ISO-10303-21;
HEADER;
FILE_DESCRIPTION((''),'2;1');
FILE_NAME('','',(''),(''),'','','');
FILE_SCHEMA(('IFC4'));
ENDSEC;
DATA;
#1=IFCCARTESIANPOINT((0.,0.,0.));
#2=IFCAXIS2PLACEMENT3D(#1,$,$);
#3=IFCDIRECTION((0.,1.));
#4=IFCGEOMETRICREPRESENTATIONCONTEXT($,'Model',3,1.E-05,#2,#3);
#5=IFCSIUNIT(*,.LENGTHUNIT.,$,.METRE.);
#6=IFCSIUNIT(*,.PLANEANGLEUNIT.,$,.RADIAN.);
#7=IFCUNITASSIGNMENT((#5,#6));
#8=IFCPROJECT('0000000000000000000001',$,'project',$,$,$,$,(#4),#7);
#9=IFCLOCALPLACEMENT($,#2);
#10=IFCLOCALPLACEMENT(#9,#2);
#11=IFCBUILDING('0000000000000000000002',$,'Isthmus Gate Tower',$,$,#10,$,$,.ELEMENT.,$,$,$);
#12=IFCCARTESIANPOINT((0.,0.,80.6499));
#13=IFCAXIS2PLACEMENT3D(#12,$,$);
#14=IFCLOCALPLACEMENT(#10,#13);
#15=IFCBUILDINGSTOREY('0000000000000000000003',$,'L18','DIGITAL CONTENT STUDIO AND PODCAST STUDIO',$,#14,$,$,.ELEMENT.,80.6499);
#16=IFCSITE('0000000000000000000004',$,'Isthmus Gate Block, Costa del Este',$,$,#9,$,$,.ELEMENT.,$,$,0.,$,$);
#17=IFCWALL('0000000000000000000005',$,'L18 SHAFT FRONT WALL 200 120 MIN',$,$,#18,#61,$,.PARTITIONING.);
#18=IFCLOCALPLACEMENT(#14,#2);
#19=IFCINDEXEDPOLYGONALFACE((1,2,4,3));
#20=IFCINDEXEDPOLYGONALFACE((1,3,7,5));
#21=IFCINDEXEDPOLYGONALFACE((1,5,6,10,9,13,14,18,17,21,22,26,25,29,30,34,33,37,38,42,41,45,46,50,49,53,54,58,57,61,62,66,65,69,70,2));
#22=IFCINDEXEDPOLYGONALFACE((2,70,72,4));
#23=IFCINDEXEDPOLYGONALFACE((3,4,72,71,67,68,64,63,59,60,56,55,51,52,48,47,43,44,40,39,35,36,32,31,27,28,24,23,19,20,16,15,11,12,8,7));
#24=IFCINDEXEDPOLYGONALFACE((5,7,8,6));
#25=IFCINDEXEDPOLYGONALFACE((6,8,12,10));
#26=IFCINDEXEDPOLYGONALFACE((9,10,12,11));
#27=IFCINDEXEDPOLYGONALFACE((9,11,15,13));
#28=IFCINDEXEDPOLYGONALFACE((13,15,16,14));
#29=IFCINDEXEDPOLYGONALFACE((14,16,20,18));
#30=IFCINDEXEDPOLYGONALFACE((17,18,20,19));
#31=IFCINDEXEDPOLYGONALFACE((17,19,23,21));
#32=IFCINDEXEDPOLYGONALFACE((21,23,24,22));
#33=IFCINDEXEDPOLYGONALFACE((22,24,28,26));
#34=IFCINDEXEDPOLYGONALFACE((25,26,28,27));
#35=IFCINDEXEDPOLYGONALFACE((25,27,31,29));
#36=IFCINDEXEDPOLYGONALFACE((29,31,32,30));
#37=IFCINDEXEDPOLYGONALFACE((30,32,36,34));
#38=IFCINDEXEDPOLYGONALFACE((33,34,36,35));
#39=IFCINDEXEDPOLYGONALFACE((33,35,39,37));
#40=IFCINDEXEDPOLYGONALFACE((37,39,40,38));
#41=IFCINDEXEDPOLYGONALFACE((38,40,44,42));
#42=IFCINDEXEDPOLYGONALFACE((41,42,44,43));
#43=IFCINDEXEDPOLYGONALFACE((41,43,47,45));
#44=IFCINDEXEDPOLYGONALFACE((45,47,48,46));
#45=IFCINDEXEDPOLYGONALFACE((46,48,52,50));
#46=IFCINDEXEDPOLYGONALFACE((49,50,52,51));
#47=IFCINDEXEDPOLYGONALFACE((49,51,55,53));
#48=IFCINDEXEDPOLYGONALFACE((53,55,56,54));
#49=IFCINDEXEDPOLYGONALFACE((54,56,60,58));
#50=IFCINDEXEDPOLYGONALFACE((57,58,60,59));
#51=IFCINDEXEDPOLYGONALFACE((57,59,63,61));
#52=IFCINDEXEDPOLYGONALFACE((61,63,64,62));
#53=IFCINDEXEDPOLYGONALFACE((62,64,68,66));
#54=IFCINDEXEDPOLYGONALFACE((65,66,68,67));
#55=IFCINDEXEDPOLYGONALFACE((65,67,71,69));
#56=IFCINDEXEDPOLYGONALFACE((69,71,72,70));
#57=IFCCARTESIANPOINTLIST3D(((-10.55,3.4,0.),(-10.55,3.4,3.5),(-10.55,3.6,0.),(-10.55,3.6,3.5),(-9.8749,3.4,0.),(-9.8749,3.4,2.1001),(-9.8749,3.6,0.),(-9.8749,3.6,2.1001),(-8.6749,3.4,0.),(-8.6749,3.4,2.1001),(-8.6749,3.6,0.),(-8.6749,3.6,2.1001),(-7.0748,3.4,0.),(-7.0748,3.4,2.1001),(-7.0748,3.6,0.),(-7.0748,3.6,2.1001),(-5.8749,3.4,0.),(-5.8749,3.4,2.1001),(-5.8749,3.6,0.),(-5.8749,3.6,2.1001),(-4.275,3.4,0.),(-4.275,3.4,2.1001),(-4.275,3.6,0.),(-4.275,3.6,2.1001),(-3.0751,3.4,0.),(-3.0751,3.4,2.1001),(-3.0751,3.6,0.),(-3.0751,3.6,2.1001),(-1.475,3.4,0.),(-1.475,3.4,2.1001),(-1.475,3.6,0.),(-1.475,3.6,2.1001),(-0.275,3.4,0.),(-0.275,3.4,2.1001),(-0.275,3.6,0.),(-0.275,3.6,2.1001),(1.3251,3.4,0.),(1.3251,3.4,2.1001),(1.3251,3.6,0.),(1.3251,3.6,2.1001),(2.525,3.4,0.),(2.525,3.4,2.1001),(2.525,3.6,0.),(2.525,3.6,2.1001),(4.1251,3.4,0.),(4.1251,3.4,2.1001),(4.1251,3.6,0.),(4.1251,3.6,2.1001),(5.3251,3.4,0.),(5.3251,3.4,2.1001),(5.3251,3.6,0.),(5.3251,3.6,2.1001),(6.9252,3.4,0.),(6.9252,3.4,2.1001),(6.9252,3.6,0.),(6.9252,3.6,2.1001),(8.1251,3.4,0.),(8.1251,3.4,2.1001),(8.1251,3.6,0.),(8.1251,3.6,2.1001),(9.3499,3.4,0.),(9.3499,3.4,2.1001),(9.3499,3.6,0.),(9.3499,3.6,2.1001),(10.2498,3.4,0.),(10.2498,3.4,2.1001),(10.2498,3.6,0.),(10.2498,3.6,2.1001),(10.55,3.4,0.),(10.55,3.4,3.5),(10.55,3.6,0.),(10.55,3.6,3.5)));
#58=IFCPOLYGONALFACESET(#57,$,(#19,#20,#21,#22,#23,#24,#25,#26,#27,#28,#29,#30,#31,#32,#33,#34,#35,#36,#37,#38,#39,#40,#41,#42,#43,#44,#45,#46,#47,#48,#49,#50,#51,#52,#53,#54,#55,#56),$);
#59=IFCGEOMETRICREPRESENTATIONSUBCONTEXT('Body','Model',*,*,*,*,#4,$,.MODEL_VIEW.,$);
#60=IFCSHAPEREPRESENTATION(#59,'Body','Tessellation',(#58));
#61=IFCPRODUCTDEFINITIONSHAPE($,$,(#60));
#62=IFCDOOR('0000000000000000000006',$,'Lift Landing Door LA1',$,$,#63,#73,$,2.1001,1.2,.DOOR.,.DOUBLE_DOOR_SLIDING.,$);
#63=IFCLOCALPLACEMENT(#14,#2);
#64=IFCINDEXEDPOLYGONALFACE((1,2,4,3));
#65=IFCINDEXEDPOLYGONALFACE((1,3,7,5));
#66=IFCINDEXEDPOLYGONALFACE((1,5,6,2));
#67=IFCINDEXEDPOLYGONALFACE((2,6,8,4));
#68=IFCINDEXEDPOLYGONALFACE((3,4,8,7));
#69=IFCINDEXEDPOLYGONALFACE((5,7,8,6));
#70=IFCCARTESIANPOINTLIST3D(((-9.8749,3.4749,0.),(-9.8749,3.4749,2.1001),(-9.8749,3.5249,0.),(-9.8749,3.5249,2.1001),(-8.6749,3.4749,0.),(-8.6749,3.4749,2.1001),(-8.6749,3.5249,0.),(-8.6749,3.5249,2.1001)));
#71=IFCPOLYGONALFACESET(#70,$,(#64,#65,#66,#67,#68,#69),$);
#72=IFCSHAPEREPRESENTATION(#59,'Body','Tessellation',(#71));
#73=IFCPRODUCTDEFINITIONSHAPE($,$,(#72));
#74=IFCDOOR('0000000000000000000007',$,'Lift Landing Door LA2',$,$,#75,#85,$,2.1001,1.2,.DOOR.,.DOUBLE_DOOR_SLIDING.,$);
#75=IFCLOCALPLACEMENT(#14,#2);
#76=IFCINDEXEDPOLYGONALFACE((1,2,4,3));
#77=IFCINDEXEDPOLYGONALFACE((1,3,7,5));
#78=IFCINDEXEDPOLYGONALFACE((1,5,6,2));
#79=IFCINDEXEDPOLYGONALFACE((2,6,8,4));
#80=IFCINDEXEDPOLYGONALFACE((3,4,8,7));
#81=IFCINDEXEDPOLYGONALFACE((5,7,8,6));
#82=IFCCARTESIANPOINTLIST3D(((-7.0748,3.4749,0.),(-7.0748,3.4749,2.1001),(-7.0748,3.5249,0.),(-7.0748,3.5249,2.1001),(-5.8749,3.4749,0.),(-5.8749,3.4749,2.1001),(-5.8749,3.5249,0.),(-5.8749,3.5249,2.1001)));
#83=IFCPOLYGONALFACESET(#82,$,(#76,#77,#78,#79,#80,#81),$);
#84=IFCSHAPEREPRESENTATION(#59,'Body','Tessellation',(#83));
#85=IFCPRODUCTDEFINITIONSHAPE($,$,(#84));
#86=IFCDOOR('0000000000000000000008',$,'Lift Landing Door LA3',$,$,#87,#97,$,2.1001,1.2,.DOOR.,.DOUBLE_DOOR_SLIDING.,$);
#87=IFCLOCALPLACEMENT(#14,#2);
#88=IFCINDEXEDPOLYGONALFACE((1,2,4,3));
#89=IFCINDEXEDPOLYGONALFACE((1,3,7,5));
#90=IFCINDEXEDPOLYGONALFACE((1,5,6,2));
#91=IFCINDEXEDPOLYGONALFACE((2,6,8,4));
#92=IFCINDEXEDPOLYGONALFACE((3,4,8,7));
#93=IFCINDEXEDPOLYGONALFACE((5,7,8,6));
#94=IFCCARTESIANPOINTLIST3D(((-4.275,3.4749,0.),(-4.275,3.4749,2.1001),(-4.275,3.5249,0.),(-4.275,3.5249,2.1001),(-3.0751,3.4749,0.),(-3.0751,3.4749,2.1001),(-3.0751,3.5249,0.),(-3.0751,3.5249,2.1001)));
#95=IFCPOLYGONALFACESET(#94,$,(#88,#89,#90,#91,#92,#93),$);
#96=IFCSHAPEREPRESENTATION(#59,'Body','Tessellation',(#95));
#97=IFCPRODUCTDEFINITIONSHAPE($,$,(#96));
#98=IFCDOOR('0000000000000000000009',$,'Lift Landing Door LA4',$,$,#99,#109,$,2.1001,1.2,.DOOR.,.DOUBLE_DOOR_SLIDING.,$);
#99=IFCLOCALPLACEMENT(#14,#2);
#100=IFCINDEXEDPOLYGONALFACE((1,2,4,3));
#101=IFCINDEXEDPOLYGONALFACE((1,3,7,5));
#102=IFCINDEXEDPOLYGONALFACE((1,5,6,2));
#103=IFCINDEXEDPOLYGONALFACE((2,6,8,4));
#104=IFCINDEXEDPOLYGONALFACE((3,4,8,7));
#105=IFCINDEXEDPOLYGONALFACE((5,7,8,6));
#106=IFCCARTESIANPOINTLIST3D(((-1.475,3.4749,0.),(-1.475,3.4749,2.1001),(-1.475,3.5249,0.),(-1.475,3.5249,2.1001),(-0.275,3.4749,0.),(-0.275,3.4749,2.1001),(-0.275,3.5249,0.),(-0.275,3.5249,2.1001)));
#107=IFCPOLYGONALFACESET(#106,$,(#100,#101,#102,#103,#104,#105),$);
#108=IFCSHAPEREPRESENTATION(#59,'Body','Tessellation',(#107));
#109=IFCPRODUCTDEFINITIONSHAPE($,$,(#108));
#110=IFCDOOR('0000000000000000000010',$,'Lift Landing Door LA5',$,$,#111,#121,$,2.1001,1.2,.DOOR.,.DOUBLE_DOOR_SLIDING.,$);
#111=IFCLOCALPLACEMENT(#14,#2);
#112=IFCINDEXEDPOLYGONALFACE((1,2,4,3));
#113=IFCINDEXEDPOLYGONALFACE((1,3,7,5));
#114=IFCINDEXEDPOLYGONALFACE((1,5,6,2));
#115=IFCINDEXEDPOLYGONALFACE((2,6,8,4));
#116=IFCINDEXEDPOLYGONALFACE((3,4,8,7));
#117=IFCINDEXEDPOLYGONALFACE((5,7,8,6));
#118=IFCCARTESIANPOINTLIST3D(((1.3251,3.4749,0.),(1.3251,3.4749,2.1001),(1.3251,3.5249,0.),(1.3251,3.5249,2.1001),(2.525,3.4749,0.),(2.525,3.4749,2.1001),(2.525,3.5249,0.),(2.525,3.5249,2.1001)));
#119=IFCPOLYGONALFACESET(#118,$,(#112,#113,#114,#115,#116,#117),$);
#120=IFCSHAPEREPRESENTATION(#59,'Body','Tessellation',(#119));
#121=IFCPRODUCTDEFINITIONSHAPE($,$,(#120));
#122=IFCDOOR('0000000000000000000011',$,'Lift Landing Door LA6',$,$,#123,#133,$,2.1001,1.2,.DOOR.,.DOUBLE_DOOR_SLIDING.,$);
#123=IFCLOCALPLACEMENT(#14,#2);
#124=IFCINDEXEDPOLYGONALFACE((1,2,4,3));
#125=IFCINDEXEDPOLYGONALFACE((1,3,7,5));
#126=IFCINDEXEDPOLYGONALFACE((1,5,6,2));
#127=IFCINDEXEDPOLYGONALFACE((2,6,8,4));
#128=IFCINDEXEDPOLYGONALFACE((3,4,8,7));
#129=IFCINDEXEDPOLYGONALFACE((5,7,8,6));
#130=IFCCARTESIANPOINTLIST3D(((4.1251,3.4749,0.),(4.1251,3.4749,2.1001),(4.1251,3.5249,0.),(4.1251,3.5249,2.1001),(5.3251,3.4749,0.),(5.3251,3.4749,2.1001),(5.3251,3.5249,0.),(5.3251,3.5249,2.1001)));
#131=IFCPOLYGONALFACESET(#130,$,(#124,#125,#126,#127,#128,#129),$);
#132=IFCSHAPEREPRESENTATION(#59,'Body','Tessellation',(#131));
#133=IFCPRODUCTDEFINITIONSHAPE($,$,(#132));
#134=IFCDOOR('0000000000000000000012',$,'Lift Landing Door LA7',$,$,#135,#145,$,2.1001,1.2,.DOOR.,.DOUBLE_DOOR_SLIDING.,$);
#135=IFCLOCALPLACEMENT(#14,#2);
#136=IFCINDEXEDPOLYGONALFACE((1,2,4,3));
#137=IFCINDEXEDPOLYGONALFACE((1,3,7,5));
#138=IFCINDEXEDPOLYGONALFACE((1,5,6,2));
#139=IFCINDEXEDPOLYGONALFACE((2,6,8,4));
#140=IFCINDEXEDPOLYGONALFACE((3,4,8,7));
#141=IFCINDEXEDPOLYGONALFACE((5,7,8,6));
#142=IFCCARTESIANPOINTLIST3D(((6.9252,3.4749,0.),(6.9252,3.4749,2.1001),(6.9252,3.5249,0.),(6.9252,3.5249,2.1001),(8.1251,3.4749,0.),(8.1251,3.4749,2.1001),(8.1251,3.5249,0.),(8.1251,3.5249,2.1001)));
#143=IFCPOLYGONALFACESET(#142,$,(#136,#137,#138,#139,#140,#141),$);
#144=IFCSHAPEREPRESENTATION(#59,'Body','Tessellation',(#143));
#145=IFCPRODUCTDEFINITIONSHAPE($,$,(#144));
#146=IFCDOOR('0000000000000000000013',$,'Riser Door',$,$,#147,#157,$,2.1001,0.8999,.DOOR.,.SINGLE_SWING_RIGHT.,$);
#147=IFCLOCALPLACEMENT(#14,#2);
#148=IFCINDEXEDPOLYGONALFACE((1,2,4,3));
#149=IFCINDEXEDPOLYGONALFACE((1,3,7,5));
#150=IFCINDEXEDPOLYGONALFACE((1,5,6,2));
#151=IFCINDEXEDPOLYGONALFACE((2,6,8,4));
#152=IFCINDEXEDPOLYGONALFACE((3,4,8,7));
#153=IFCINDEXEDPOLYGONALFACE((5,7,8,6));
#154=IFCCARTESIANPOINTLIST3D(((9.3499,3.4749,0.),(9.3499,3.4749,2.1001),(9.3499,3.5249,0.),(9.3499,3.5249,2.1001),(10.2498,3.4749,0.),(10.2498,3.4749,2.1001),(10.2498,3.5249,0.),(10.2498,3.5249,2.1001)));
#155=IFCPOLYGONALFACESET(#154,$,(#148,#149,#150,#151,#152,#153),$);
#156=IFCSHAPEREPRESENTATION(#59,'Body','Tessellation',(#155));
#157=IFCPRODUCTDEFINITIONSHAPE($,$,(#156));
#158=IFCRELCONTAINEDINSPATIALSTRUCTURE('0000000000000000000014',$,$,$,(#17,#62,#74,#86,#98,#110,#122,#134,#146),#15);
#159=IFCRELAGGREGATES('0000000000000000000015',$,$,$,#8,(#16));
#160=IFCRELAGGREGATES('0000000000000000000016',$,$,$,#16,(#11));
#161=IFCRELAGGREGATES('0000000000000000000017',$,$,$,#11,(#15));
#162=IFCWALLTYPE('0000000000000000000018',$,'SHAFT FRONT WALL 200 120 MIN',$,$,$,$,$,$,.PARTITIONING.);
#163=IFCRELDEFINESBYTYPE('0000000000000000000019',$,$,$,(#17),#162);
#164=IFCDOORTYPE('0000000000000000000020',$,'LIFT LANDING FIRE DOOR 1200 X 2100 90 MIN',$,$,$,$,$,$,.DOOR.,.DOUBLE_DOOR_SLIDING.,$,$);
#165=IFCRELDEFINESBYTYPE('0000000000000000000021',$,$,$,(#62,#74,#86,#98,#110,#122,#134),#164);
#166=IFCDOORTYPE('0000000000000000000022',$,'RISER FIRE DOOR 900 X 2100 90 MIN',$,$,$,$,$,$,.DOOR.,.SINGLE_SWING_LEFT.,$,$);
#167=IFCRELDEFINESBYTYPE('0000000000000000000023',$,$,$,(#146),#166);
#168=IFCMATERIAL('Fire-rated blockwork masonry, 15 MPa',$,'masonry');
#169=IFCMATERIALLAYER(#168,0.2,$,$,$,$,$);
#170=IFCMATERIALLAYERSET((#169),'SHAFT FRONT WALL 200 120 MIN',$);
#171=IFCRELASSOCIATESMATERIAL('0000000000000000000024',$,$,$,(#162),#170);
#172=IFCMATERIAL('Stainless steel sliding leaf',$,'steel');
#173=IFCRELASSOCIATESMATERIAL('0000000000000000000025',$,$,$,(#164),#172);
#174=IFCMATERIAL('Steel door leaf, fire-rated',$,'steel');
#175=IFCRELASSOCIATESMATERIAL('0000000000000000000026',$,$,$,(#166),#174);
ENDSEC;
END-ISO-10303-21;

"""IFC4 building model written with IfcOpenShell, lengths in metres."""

from ifc_helpers import new_model, si_unit, direction, frame, frame_2d, origin, place, context, subcontext, project, spatial, rectangle, extrude, material, layer, layer_set, type_object, element, fill, save


model = new_model("IFC4")

# Units and contexts
model_context = context("Model", 3, precision=1e-05, world=origin(), true_north=direction((0.0, 1.0)))
body_context = subcontext(model_context, "Body", "Model", "MODEL_VIEW")
ifc_project = project(units=[si_unit("LENGTHUNIT", "METRE"), si_unit("PLANEANGLEUNIT", "RADIAN")], contexts=[model_context])

# Site, building, storey
site_placement = place(None, origin())
site = spatial("IfcSite", under=ifc_project, at=site_placement, Name="Isthmus Gate Block, Costa del Este", CompositionType="ELEMENT", RefElevation=0.0)
building_placement = place(site_placement, origin())
building = spatial("IfcBuilding", under=site, at=building_placement, Name="Isthmus Gate Tower", CompositionType="ELEMENT")
storey_placement = place(building_placement, frame((0.0, 0.0, 80.6499)))
storey = spatial("IfcBuildingStorey", under=building, at=storey_placement, Name="L18", Description="DIGITAL CONTENT STUDIO AND PODCAST STUDIO", CompositionType="ELEMENT", Elevation=80.6499)

# Wall, openings, doors
ifc_material_1 = material(Name="Fire-rated blockwork masonry, 15 MPa", Category="masonry")
ifc_layer_1 = layer(ifc_material_1, 0.2)
ifc_layer_set_1 = layer_set([ifc_layer_1], Name="SHAFT FRONT WALL 200 120 MIN")
wall_type_1 = type_object("IfcWallType", Name="SHAFT FRONT WALL 200 120 MIN", PredefinedType="PARTITIONING", material=ifc_layer_set_1)
wall_1_placement = place(storey_placement, frame((-10.55, 3.5, 0.0), z_axis=(0.0, 0.0, 1.0), x_axis=(1.0, 0.0, 0.0)))
wall_1 = element("IfcWall", 1, at=wall_1_placement, inside=storey, type_object=wall_type_1, Name="L18 SHAFT FRONT WALL 200 120 MIN", PredefinedType="PARTITIONING", context=body_context, shape_type="SweptSolid", body=[
    extrude(rectangle(XDim=21.1001, YDim=0.2, at=frame_2d((10.55, 0.0))), origin(), (0.0, 0.0, 1.0), 3.5),
])
opening_1_placement = place(wall_1_placement, frame((0.675, 0.0, 0.0)))
opening_1 = element("IfcOpeningElement", 2, at=opening_1_placement, cuts=wall_1, PredefinedType="OPENING", context=body_context, shape_type="SweptSolid", body=[
    extrude(rectangle(XDim=1.2, YDim=2.1001, at=frame_2d((0.6001, 1.05))), frame((0.0, 0.1099, 0.0), z_axis=(0.0, -1.0, 0.0), x_axis=(1.0, 0.0, 0.0)), (0.0, 0.0, 1.0), 0.22),
])
opening_2_placement = place(wall_1_placement, frame((3.4751, 0.0, 0.0)))
opening_2 = element("IfcOpeningElement", 3, at=opening_2_placement, cuts=wall_1, PredefinedType="OPENING", context=body_context, shape_type="SweptSolid", body=[
    extrude(rectangle(XDim=1.2, YDim=2.1001, at=frame_2d((0.6001, 1.05))), frame((0.0, 0.1099, 0.0), z_axis=(0.0, -1.0, 0.0), x_axis=(1.0, 0.0, 0.0)), (0.0, 0.0, 1.0), 0.22),
])
opening_3_placement = place(wall_1_placement, frame((6.2749, 0.0, 0.0)))
opening_3 = element("IfcOpeningElement", 4, at=opening_3_placement, cuts=wall_1, PredefinedType="OPENING", context=body_context, shape_type="SweptSolid", body=[
    extrude(rectangle(XDim=1.2, YDim=2.1001, at=frame_2d((0.6001, 1.05))), frame((0.0, 0.1099, 0.0), z_axis=(0.0, -1.0, 0.0), x_axis=(1.0, 0.0, 0.0)), (0.0, 0.0, 1.0), 0.22),
])
opening_4_placement = place(wall_1_placement, frame((9.075, 0.0, 0.0)))
opening_4 = element("IfcOpeningElement", 5, at=opening_4_placement, cuts=wall_1, PredefinedType="OPENING", context=body_context, shape_type="SweptSolid", body=[
    extrude(rectangle(XDim=1.2, YDim=2.1001, at=frame_2d((0.6001, 1.05))), frame((0.0, 0.1099, 0.0), z_axis=(0.0, -1.0, 0.0), x_axis=(1.0, 0.0, 0.0)), (0.0, 0.0, 1.0), 0.22),
])
opening_5_placement = place(wall_1_placement, frame((11.875, 0.0, 0.0)))
opening_5 = element("IfcOpeningElement", 6, at=opening_5_placement, cuts=wall_1, PredefinedType="OPENING", context=body_context, shape_type="SweptSolid", body=[
    extrude(rectangle(XDim=1.2, YDim=2.1001, at=frame_2d((0.6001, 1.05))), frame((0.0, 0.1099, 0.0), z_axis=(0.0, -1.0, 0.0), x_axis=(1.0, 0.0, 0.0)), (0.0, 0.0, 1.0), 0.22),
])
opening_6_placement = place(wall_1_placement, frame((14.675, 0.0, 0.0)))
opening_6 = element("IfcOpeningElement", 7, at=opening_6_placement, cuts=wall_1, PredefinedType="OPENING", context=body_context, shape_type="SweptSolid", body=[
    extrude(rectangle(XDim=1.2, YDim=2.1001, at=frame_2d((0.6001, 1.05))), frame((0.0, 0.1099, 0.0), z_axis=(0.0, -1.0, 0.0), x_axis=(1.0, 0.0, 0.0)), (0.0, 0.0, 1.0), 0.22),
])
opening_7_placement = place(wall_1_placement, frame((17.4751, 0.0, 0.0)))
opening_7 = element("IfcOpeningElement", 8, at=opening_7_placement, cuts=wall_1, PredefinedType="OPENING", context=body_context, shape_type="SweptSolid", body=[
    extrude(rectangle(XDim=1.2, YDim=2.1001, at=frame_2d((0.6001, 1.05))), frame((0.0, 0.1099, 0.0), z_axis=(0.0, -1.0, 0.0), x_axis=(1.0, 0.0, 0.0)), (0.0, 0.0, 1.0), 0.22),
])
opening_8_placement = place(wall_1_placement, frame((19.8999, 0.0, 0.0)))
opening_8 = element("IfcOpeningElement", 9, at=opening_8_placement, cuts=wall_1, PredefinedType="OPENING", context=body_context, shape_type="SweptSolid", body=[
    extrude(rectangle(XDim=0.8999, YDim=2.1001, at=frame_2d((0.45, 1.05))), frame((0.0, 0.1099, 0.0), z_axis=(0.0, -1.0, 0.0), x_axis=(1.0, 0.0, 0.0)), (0.0, 0.0, 1.0), 0.22),
])
ifc_material_2 = material(Name="Stainless steel sliding leaf", Category="steel")
door_type_1 = type_object("IfcDoorType", Name="LIFT LANDING FIRE DOOR 1200 X 2100 90 MIN", OperationType="DOUBLE_DOOR_SLIDING", PredefinedType="DOOR", material=ifc_material_2)
door_1_placement = place(opening_1_placement, origin())
door_1 = element("IfcDoor", 10, at=door_1_placement, inside=storey, type_object=door_type_1, Name="Lift Landing Door LA1", OperationType="DOUBLE_DOOR_SLIDING", OverallHeight=2.1001, OverallWidth=1.2, PredefinedType="DOOR", context=body_context, shape_type="SweptSolid", body=[
    extrude(rectangle(XDim=1.2, YDim=2.1001, at=frame_2d((0.6001, 1.05))), frame((0.0, 0.0249, 0.0), z_axis=(0.0, -1.0, 0.0), x_axis=(1.0, 0.0, 0.0)), (0.0, 0.0, 1.0), 0.05),
])
fill(opening_1, door_1)
door_2_placement = place(opening_2_placement, origin())
door_2 = element("IfcDoor", 11, at=door_2_placement, inside=storey, type_object=door_type_1, Name="Lift Landing Door LA2", OperationType="DOUBLE_DOOR_SLIDING", OverallHeight=2.1001, OverallWidth=1.2, PredefinedType="DOOR", context=body_context, shape_type="SweptSolid", body=[
    extrude(rectangle(XDim=1.2, YDim=2.1001, at=frame_2d((0.6001, 1.05))), frame((0.0, 0.0249, 0.0), z_axis=(0.0, -1.0, 0.0), x_axis=(1.0, 0.0, 0.0)), (0.0, 0.0, 1.0), 0.05),
])
fill(opening_2, door_2)
door_3_placement = place(opening_3_placement, origin())
door_3 = element("IfcDoor", 12, at=door_3_placement, inside=storey, type_object=door_type_1, Name="Lift Landing Door LA3", OperationType="DOUBLE_DOOR_SLIDING", OverallHeight=2.1001, OverallWidth=1.2, PredefinedType="DOOR", context=body_context, shape_type="SweptSolid", body=[
    extrude(rectangle(XDim=1.2, YDim=2.1001, at=frame_2d((0.6001, 1.05))), frame((0.0, 0.0249, 0.0), z_axis=(0.0, -1.0, 0.0), x_axis=(1.0, 0.0, 0.0)), (0.0, 0.0, 1.0), 0.05),
])
fill(opening_3, door_3)
door_4_placement = place(opening_4_placement, origin())
door_4 = element("IfcDoor", 13, at=door_4_placement, inside=storey, type_object=door_type_1, Name="Lift Landing Door LA4", OperationType="DOUBLE_DOOR_SLIDING", OverallHeight=2.1001, OverallWidth=1.2, PredefinedType="DOOR", context=body_context, shape_type="SweptSolid", body=[
    extrude(rectangle(XDim=1.2, YDim=2.1001, at=frame_2d((0.6001, 1.05))), frame((0.0, 0.0249, 0.0), z_axis=(0.0, -1.0, 0.0), x_axis=(1.0, 0.0, 0.0)), (0.0, 0.0, 1.0), 0.05),
])
fill(opening_4, door_4)
door_5_placement = place(opening_5_placement, origin())
door_5 = element("IfcDoor", 14, at=door_5_placement, inside=storey, type_object=door_type_1, Name="Lift Landing Door LA5", OperationType="DOUBLE_DOOR_SLIDING", OverallHeight=2.1001, OverallWidth=1.2, PredefinedType="DOOR", context=body_context, shape_type="SweptSolid", body=[
    extrude(rectangle(XDim=1.2, YDim=2.1001, at=frame_2d((0.6001, 1.05))), frame((0.0, 0.0249, 0.0), z_axis=(0.0, -1.0, 0.0), x_axis=(1.0, 0.0, 0.0)), (0.0, 0.0, 1.0), 0.05),
])
fill(opening_5, door_5)
door_6_placement = place(opening_6_placement, origin())
door_6 = element("IfcDoor", 15, at=door_6_placement, inside=storey, type_object=door_type_1, Name="Lift Landing Door LA6", OperationType="DOUBLE_DOOR_SLIDING", OverallHeight=2.1001, OverallWidth=1.2, PredefinedType="DOOR", context=body_context, shape_type="SweptSolid", body=[
    extrude(rectangle(XDim=1.2, YDim=2.1001, at=frame_2d((0.6001, 1.05))), frame((0.0, 0.0249, 0.0), z_axis=(0.0, -1.0, 0.0), x_axis=(1.0, 0.0, 0.0)), (0.0, 0.0, 1.0), 0.05),
])
fill(opening_6, door_6)
door_7_placement = place(opening_7_placement, origin())
door_7 = element("IfcDoor", 16, at=door_7_placement, inside=storey, type_object=door_type_1, Name="Lift Landing Door LA7", OperationType="DOUBLE_DOOR_SLIDING", OverallHeight=2.1001, OverallWidth=1.2, PredefinedType="DOOR", context=body_context, shape_type="SweptSolid", body=[
    extrude(rectangle(XDim=1.2, YDim=2.1001, at=frame_2d((0.6001, 1.05))), frame((0.0, 0.0249, 0.0), z_axis=(0.0, -1.0, 0.0), x_axis=(1.0, 0.0, 0.0)), (0.0, 0.0, 1.0), 0.05),
])
fill(opening_7, door_7)
ifc_material_3 = material(Name="Steel door leaf, fire-rated", Category="steel")
door_type_2 = type_object("IfcDoorType", Name="RISER FIRE DOOR 900 X 2100 90 MIN", OperationType="SINGLE_SWING_LEFT", PredefinedType="DOOR", material=ifc_material_3)
door_8_placement = place(opening_8_placement, origin())
door_8 = element("IfcDoor", 17, at=door_8_placement, inside=storey, type_object=door_type_2, Name="Riser Door", OperationType="SINGLE_SWING_RIGHT", OverallHeight=2.1001, OverallWidth=0.8999, PredefinedType="DOOR", context=body_context, shape_type="SweptSolid", body=[
    extrude(rectangle(XDim=0.8999, YDim=2.1001, at=frame_2d((0.45, 1.05))), frame((0.0, 0.0249, 0.0), z_axis=(0.0, -1.0, 0.0), x_axis=(1.0, 0.0, 0.0)), (0.0, 0.0, 1.0), 0.05),
])
fill(opening_8, door_8)

save(model, "model.ifc")
